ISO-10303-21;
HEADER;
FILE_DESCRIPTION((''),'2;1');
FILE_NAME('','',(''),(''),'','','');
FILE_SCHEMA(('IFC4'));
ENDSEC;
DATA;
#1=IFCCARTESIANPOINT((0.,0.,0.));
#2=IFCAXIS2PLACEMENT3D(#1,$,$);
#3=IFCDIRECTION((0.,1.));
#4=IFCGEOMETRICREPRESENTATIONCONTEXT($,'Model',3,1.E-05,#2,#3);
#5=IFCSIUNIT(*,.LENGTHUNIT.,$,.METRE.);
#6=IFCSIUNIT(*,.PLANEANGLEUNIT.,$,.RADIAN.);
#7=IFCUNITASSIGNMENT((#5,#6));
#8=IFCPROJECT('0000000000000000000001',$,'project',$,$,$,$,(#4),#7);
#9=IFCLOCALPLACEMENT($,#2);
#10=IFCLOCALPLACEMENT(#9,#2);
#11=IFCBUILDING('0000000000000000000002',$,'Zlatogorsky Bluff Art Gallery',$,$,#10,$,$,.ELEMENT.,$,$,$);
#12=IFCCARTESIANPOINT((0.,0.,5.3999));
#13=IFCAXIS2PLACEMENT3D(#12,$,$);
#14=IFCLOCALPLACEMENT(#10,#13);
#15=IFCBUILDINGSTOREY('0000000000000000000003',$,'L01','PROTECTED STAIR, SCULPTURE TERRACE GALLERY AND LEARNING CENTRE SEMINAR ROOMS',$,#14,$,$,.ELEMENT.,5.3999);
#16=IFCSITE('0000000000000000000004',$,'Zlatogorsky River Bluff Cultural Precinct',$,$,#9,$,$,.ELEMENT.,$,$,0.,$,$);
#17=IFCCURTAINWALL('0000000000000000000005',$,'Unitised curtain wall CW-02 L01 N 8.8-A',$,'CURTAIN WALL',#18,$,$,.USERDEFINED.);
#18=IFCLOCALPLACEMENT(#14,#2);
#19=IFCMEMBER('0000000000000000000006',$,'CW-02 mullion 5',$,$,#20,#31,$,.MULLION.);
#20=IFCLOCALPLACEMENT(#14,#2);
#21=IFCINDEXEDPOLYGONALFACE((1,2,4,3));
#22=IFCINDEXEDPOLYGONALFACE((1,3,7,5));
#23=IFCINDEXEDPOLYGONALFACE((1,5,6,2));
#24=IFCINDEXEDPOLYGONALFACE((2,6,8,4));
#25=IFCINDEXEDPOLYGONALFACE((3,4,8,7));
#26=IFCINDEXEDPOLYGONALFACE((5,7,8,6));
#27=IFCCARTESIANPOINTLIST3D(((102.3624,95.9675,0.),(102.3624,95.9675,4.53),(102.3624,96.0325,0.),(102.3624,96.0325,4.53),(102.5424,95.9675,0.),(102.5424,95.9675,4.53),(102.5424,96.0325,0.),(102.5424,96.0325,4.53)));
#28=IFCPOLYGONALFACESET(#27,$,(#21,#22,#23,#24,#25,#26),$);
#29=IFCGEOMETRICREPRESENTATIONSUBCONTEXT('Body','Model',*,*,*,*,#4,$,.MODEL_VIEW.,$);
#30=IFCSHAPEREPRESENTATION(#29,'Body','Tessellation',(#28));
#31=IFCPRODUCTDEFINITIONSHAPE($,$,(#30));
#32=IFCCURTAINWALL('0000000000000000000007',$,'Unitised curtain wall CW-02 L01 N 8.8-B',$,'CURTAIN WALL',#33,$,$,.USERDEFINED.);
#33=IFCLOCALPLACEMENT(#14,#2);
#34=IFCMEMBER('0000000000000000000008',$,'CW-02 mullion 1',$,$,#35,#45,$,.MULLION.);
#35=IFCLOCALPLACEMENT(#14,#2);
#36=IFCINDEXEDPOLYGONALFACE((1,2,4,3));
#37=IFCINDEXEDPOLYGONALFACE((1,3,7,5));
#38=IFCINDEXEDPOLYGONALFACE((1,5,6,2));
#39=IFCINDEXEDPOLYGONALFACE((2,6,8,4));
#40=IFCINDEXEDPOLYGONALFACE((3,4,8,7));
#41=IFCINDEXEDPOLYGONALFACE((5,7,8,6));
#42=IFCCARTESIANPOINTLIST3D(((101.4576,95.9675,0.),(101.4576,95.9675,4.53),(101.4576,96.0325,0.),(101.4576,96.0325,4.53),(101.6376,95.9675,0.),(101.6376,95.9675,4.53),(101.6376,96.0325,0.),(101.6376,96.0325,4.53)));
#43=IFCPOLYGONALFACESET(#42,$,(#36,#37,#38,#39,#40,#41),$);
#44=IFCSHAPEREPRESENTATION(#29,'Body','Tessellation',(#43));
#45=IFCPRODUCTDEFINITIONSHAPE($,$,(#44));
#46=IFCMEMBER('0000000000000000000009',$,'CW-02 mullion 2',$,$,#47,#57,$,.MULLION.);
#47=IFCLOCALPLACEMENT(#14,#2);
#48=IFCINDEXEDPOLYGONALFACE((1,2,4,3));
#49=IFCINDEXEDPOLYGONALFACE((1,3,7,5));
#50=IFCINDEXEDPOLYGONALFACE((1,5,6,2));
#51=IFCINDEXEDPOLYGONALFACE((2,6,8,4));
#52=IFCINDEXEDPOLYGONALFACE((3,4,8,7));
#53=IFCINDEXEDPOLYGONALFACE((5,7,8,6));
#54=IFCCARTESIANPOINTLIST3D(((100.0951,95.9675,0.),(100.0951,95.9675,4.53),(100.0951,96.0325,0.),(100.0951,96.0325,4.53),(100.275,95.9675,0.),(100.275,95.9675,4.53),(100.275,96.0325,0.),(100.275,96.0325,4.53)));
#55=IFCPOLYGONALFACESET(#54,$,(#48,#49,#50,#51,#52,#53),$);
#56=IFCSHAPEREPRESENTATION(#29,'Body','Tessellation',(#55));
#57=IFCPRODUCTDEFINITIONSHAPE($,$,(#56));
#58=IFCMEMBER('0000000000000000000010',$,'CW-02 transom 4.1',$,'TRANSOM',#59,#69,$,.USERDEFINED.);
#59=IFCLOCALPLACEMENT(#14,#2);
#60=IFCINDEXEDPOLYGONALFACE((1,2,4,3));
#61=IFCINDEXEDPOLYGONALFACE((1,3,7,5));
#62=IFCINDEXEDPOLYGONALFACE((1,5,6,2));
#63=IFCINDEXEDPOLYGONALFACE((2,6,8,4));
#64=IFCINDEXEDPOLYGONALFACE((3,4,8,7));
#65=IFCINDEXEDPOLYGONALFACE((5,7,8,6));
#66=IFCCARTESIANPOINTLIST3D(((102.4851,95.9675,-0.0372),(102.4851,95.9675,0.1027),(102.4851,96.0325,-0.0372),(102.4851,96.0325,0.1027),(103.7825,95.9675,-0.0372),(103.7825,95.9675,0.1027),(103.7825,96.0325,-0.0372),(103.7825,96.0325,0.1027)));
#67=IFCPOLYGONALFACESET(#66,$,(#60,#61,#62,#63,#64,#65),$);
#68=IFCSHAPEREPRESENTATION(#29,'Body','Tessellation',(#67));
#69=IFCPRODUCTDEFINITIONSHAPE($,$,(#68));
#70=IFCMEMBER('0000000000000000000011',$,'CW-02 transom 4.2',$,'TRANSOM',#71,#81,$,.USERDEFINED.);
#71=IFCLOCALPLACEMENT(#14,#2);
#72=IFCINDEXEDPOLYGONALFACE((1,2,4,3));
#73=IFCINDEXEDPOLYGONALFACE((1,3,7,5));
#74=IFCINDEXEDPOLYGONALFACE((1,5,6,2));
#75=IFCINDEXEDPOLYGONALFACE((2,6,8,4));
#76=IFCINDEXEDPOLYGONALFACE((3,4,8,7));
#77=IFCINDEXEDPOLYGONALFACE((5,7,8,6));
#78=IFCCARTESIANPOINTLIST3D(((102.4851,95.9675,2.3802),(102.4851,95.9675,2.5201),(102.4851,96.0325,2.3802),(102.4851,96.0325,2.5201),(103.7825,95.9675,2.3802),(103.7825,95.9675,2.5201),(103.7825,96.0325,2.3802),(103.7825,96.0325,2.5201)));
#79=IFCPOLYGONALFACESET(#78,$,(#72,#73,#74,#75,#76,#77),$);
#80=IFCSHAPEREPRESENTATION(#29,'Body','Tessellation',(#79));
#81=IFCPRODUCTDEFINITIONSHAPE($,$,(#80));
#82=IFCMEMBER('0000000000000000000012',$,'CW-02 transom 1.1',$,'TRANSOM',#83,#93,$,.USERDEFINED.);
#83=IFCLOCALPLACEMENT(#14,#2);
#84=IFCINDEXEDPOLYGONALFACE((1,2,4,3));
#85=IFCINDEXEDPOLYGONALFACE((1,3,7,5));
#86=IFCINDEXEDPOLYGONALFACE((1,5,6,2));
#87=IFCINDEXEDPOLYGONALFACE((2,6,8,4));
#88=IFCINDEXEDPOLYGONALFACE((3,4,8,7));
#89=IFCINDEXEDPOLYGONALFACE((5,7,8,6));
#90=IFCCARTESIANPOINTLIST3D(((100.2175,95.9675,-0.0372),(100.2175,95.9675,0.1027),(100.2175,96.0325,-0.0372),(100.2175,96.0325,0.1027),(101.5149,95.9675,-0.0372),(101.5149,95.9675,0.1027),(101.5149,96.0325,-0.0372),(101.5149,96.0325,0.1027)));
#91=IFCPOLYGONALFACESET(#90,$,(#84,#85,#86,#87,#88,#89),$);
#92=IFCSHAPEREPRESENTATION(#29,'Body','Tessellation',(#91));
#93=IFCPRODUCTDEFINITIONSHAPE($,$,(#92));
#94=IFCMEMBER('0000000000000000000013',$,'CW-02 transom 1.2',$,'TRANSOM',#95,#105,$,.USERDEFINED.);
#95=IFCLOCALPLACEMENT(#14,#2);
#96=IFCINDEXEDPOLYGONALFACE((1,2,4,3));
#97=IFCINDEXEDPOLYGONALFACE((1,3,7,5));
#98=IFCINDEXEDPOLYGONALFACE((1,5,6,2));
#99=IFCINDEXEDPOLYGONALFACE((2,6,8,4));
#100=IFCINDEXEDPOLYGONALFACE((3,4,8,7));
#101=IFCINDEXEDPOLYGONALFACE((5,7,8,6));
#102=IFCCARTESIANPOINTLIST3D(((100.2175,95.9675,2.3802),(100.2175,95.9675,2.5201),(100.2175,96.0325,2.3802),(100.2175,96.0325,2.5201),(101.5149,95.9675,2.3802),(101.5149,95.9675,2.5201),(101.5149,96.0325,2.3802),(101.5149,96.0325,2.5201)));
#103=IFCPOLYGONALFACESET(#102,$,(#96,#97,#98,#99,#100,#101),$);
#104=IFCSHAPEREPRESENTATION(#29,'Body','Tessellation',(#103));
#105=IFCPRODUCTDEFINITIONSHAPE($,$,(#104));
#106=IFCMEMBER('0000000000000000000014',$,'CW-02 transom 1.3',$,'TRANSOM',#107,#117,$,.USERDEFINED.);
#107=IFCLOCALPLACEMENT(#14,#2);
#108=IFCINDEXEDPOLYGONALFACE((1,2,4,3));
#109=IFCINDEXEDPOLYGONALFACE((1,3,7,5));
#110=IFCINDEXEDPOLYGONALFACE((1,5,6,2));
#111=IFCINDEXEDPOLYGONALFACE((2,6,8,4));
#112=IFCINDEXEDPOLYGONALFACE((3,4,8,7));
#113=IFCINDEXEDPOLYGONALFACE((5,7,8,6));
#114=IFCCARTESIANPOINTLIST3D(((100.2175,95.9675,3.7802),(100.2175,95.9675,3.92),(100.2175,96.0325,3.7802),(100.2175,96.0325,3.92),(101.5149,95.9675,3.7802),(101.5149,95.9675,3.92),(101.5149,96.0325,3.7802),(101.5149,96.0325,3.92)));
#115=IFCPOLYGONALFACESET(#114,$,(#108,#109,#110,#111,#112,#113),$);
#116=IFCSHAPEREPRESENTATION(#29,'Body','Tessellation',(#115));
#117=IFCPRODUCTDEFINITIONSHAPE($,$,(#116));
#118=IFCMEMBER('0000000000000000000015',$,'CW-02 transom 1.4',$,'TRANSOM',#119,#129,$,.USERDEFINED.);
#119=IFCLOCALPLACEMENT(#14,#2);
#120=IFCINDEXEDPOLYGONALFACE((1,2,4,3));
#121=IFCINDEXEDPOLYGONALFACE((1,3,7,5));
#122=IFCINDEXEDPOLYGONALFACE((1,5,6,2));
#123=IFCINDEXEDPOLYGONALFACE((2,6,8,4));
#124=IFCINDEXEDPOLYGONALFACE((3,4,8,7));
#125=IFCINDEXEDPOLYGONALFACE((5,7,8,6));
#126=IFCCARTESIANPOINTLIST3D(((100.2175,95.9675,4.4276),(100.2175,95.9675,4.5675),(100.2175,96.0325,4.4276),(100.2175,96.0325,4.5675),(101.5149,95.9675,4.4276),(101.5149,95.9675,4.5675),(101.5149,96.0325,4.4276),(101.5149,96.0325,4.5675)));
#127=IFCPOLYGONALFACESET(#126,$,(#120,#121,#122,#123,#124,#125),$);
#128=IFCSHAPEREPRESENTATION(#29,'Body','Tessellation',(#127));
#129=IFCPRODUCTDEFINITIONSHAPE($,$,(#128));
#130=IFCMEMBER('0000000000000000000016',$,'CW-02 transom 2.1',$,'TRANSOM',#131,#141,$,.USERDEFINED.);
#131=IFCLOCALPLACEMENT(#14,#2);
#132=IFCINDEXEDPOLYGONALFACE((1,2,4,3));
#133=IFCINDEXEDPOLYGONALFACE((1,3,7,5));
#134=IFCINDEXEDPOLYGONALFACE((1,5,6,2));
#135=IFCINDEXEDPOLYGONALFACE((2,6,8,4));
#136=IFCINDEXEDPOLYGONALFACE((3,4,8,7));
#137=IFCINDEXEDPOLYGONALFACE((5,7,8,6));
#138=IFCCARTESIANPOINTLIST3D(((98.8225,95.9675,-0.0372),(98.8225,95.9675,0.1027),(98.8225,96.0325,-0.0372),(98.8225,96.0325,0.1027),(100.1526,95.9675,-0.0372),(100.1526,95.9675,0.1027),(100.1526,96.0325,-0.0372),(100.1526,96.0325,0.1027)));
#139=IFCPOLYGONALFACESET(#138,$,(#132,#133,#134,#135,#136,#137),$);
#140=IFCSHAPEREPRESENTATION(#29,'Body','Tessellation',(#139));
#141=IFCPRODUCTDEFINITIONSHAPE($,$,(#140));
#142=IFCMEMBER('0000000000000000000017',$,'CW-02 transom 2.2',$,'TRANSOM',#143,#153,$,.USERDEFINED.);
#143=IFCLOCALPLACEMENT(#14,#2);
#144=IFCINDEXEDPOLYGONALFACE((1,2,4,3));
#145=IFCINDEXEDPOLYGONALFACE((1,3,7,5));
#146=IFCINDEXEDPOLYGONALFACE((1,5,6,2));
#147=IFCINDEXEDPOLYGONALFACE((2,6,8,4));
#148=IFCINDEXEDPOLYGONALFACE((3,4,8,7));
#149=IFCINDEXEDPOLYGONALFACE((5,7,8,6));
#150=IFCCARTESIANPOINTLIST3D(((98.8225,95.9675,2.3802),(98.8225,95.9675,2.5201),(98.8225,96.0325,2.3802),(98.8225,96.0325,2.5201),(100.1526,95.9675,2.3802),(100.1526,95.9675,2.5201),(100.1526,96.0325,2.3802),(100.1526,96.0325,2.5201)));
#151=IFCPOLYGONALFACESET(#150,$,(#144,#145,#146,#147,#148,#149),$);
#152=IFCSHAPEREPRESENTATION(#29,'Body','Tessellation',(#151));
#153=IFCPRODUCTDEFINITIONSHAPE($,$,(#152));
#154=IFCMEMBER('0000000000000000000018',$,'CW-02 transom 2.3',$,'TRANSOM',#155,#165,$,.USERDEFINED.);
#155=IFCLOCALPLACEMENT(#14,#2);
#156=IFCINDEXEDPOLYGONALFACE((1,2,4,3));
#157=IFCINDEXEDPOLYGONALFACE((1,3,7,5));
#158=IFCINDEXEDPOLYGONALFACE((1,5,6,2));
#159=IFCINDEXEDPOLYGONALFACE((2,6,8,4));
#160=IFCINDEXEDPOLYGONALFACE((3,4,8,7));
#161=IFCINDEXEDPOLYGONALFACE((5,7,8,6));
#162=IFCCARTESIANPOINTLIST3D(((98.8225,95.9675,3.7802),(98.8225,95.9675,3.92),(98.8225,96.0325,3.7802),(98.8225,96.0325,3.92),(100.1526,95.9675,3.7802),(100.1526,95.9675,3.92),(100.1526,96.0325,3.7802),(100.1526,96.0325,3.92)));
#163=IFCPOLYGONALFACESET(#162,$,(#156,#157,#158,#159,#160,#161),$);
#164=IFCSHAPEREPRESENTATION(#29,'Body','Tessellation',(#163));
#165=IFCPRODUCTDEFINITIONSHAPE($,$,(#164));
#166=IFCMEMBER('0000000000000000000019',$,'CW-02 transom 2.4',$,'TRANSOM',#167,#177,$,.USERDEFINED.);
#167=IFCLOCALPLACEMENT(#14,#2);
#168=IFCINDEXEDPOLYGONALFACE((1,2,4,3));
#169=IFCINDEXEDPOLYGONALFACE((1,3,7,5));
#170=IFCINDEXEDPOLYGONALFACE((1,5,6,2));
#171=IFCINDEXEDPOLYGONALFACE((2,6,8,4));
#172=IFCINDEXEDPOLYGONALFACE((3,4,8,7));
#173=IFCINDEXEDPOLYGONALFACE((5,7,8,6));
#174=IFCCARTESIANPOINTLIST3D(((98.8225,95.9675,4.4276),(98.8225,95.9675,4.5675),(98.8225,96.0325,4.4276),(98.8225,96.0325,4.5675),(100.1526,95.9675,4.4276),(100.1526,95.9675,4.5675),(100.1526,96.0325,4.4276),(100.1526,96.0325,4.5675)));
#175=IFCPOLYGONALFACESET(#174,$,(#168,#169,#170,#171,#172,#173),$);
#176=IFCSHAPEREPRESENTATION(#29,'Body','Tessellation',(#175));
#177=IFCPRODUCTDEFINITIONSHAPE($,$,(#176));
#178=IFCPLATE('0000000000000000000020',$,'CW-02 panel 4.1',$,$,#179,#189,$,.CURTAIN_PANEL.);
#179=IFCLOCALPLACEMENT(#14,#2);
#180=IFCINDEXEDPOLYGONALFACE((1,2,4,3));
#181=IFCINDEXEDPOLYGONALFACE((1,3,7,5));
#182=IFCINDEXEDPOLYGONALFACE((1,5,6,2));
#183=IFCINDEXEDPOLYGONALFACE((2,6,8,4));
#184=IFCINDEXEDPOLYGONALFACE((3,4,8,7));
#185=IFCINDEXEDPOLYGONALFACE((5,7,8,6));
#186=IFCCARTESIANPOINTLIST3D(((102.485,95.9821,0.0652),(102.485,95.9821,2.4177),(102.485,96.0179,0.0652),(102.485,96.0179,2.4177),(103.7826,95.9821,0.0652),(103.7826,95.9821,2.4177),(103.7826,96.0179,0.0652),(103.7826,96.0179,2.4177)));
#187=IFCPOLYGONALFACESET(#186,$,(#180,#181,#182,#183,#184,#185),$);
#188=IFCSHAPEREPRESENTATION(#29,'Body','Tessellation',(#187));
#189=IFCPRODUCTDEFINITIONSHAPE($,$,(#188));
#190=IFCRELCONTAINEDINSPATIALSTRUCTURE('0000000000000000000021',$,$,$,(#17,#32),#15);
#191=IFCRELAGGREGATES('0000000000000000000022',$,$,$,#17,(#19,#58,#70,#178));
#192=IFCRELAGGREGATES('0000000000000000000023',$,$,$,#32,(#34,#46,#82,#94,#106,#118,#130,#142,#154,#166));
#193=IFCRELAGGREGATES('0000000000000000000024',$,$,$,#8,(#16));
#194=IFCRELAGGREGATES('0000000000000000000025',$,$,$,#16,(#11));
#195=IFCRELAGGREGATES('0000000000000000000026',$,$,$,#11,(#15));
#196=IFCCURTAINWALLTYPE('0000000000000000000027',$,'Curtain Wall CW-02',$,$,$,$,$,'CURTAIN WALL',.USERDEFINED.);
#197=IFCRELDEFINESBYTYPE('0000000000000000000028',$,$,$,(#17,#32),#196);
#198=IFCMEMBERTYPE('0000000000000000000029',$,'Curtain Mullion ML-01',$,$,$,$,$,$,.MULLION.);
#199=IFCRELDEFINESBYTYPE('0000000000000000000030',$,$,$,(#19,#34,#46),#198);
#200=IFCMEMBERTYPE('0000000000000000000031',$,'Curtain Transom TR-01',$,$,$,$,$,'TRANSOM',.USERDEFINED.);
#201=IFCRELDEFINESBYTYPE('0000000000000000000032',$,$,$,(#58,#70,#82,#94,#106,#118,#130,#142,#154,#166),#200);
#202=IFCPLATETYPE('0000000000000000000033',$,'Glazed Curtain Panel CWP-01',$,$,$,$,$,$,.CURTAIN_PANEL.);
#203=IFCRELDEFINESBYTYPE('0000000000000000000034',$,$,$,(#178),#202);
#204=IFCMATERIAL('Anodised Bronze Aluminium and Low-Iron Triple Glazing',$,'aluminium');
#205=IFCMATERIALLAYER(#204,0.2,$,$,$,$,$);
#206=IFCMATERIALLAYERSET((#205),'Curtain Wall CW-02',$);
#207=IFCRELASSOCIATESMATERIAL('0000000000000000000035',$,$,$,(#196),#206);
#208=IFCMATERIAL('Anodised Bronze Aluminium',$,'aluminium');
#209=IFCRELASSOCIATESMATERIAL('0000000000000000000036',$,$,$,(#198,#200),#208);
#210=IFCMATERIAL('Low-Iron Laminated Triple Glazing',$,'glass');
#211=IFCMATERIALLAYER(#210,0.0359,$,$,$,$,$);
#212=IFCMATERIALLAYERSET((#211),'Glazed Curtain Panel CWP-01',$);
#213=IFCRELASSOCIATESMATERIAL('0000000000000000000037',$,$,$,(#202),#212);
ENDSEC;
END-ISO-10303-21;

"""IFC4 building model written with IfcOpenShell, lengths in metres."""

from ifc_helpers import new_model, si_unit, direction, frame, origin, origin_2d, place, context, subcontext, project, spatial, rectangle, extrude, material, layer, layer_set, material_profile, profile_set, type_object, element, aggregate, save


model = new_model("IFC4")

# Units and contexts
model_context = context("Model", 3, precision=1e-05, world=origin(), true_north=direction((0.0, 1.0)))
body_context = subcontext(model_context, "Body", "Model", "MODEL_VIEW")
ifc_project = project(units=[si_unit("LENGTHUNIT", "METRE"), si_unit("PLANEANGLEUNIT", "RADIAN")], contexts=[model_context])

# Site, building, storey
site_placement = place(None, origin())
site = spatial("IfcSite", under=ifc_project, at=site_placement, Name="Zlatogorsky River Bluff Cultural Precinct", CompositionType="ELEMENT", RefElevation=0.0)
building_placement = place(site_placement, origin())
building = spatial("IfcBuilding", under=site, at=building_placement, Name="Zlatogorsky Bluff Art Gallery", CompositionType="ELEMENT")
storey_placement = place(building_placement, frame((0.0, 0.0, 5.3999)))
storey = spatial("IfcBuildingStorey", under=building, at=storey_placement, Name="L01", Description="PROTECTED STAIR, SCULPTURE TERRACE GALLERY AND LEARNING CENTRE SEMINAR ROOMS", CompositionType="ELEMENT", Elevation=5.3999)

# Curtain wall, member
ifc_material_1 = material(Name="Anodised Bronze Aluminium and Low-Iron Triple Glazing", Category="aluminium")
ifc_layer_1 = layer(ifc_material_1, 0.2)
ifc_layer_set_1 = layer_set([ifc_layer_1], Name="Curtain Wall CW-02")
curtain_wall_type = type_object("IfcCurtainWallType", Name="Curtain Wall CW-02", ElementType="CURTAIN WALL", PredefinedType="USERDEFINED", material=ifc_layer_set_1)
curtain_wall_1_placement = place(storey_placement, origin())
curtain_wall_1 = element("IfcCurtainWall", 1, at=curtain_wall_1_placement, inside=storey, type_object=curtain_wall_type, Name="Unitised curtain wall CW-02 L01 N 8.8-A", ObjectType="CURTAIN WALL", PredefinedType="USERDEFINED")
ifc_material_2 = material(Name="Anodised Bronze Aluminium", Category="aluminium")
ifc_material_profile_1 = material_profile(ifc_material_2, rectangle(XDim=0.0649, YDim=0.1799, at=origin_2d()), Name="ALU MULLION 65x180")
ifc_profile_set_1 = profile_set([ifc_material_profile_1], Name="Anodised Bronze Aluminium")
member_type_1 = type_object("IfcMemberType", Name="Curtain Mullion ML-01", PredefinedType="MULLION", material=ifc_profile_set_1)
member_1_placement = place(storey_placement, frame((102.4524, 96.0, 0.0), z_axis=(0.0, 0.0, 1.0), x_axis=(0.0, -1.0, 0.0)))
member_1 = element("IfcMember", 2, at=member_1_placement, type_object=member_type_1, Name="CW-02 mullion 5", PredefinedType="MULLION", context=body_context, shape_type="SweptSolid", body=[
    extrude(rectangle(XDim=0.0649, YDim=0.1799, at=origin_2d()), origin(), (0.0, 0.0, 1.0), 4.53),
])

# Curtain wall, members
curtain_wall_2_placement = place(storey_placement, origin())
curtain_wall_2 = element("IfcCurtainWall", 3, at=curtain_wall_2_placement, inside=storey, type_object=curtain_wall_type, Name="Unitised curtain wall CW-02 L01 N 8.8-B", ObjectType="CURTAIN WALL", PredefinedType="USERDEFINED")
member_2_placement = place(storey_placement, frame((101.5476, 96.0, 0.0), z_axis=(0.0, 0.0, 1.0), x_axis=(0.0, -1.0, 0.0)))
member_2 = element("IfcMember", 4, at=member_2_placement, type_object=member_type_1, Name="CW-02 mullion 1", PredefinedType="MULLION", context=body_context, shape_type="SweptSolid", body=[
    extrude(rectangle(XDim=0.0649, YDim=0.1799, at=origin_2d()), origin(), (0.0, 0.0, 1.0), 4.53),
])
member_3_placement = place(storey_placement, frame((100.1851, 96.0, 0.0), z_axis=(0.0, 0.0, 1.0), x_axis=(0.0, -1.0, 0.0)))
member_3 = element("IfcMember", 5, at=member_3_placement, type_object=member_type_1, Name="CW-02 mullion 2", PredefinedType="MULLION", context=body_context, shape_type="SweptSolid", body=[
    extrude(rectangle(XDim=0.0649, YDim=0.1799, at=origin_2d()), origin(), (0.0, 0.0, 1.0), 4.53),
])

# Members
ifc_material_profile_2 = material_profile(ifc_material_2, rectangle(XDim=0.0649, YDim=0.1399, at=origin_2d()), Name="ALU TRANSOM 65x140")
ifc_profile_set_2 = profile_set([ifc_material_profile_2], Name="Anodised Bronze Aluminium")
member_type_2 = type_object("IfcMemberType", Name="Curtain Transom TR-01", ElementType="TRANSOM", PredefinedType="USERDEFINED", material=ifc_profile_set_2)
member_4_placement = place(storey_placement, frame((103.7825, 96.0, 0.0327), z_axis=(-1.0, 0.0, 0.0), x_axis=(0.0, -1.0, 0.0)))
member_4 = element("IfcMember", 6, at=member_4_placement, type_object=member_type_2, Name="CW-02 transom 4.1", ObjectType="TRANSOM", PredefinedType="USERDEFINED", context=body_context, shape_type="SweptSolid", body=[
    extrude(rectangle(XDim=0.0649, YDim=0.1399, at=origin_2d()), origin(), (0.0, 0.0, 1.0), 1.2974),
])
member_5_placement = place(storey_placement, frame((103.7825, 96.0, 2.4502), z_axis=(-1.0, 0.0, 0.0), x_axis=(0.0, -1.0, 0.0)))
member_5 = element("IfcMember", 7, at=member_5_placement, type_object=member_type_2, Name="CW-02 transom 4.2", ObjectType="TRANSOM", PredefinedType="USERDEFINED", context=body_context, shape_type="SweptSolid", body=[
    extrude(rectangle(XDim=0.0649, YDim=0.1399, at=origin_2d()), origin(), (0.0, 0.0, 1.0), 1.2974),
])
member_6_placement = place(storey_placement, frame((101.5149, 96.0, 0.0327), z_axis=(-1.0, 0.0, 0.0), x_axis=(0.0, -1.0, 0.0)))
member_6 = element("IfcMember", 8, at=member_6_placement, type_object=member_type_2, Name="CW-02 transom 1.1", ObjectType="TRANSOM", PredefinedType="USERDEFINED", context=body_context, shape_type="SweptSolid", body=[
    extrude(rectangle(XDim=0.0649, YDim=0.1399, at=origin_2d()), origin(), (0.0, 0.0, 1.0), 1.2974),
])
member_7_placement = place(storey_placement, frame((101.5149, 96.0, 2.4502), z_axis=(-1.0, 0.0, 0.0), x_axis=(0.0, -1.0, 0.0)))
member_7 = element("IfcMember", 9, at=member_7_placement, type_object=member_type_2, Name="CW-02 transom 1.2", ObjectType="TRANSOM", PredefinedType="USERDEFINED", context=body_context, shape_type="SweptSolid", body=[
    extrude(rectangle(XDim=0.0649, YDim=0.1399, at=origin_2d()), origin(), (0.0, 0.0, 1.0), 1.2974),
])
member_8_placement = place(storey_placement, frame((101.5149, 96.0, 3.8501), z_axis=(-1.0, 0.0, 0.0), x_axis=(0.0, -1.0, 0.0)))
member_8 = element("IfcMember", 10, at=member_8_placement, type_object=member_type_2, Name="CW-02 transom 1.3", ObjectType="TRANSOM", PredefinedType="USERDEFINED", context=body_context, shape_type="SweptSolid", body=[
    extrude(rectangle(XDim=0.0649, YDim=0.1399, at=origin_2d()), origin(), (0.0, 0.0, 1.0), 1.2974),
])
member_9_placement = place(storey_placement, frame((101.5149, 96.0, 4.4976), z_axis=(-1.0, 0.0, 0.0), x_axis=(0.0, -1.0, 0.0)))
member_9 = element("IfcMember", 11, at=member_9_placement, type_object=member_type_2, Name="CW-02 transom 1.4", ObjectType="TRANSOM", PredefinedType="USERDEFINED", context=body_context, shape_type="SweptSolid", body=[
    extrude(rectangle(XDim=0.0649, YDim=0.1399, at=origin_2d()), origin(), (0.0, 0.0, 1.0), 1.2974),
])
member_10_placement = place(storey_placement, frame((100.1526, 96.0, 0.0327), z_axis=(-1.0, 0.0, 0.0), x_axis=(0.0, -1.0, 0.0)))
member_10 = element("IfcMember", 12, at=member_10_placement, type_object=member_type_2, Name="CW-02 transom 2.1", ObjectType="TRANSOM", PredefinedType="USERDEFINED", context=body_context, shape_type="SweptSolid", body=[
    extrude(rectangle(XDim=0.0649, YDim=0.1399, at=origin_2d()), origin(), (0.0, 0.0, 1.0), 1.3301),
])
member_11_placement = place(storey_placement, frame((100.1526, 96.0, 2.4502), z_axis=(-1.0, 0.0, 0.0), x_axis=(0.0, -1.0, 0.0)))
member_11 = element("IfcMember", 13, at=member_11_placement, type_object=member_type_2, Name="CW-02 transom 2.2", ObjectType="TRANSOM", PredefinedType="USERDEFINED", context=body_context, shape_type="SweptSolid", body=[
    extrude(rectangle(XDim=0.0649, YDim=0.1399, at=origin_2d()), origin(), (0.0, 0.0, 1.0), 1.3301),
])
member_12_placement = place(storey_placement, frame((100.1526, 96.0, 3.8501), z_axis=(-1.0, 0.0, 0.0), x_axis=(0.0, -1.0, 0.0)))
member_12 = element("IfcMember", 14, at=member_12_placement, type_object=member_type_2, Name="CW-02 transom 2.3", ObjectType="TRANSOM", PredefinedType="USERDEFINED", context=body_context, shape_type="SweptSolid", body=[
    extrude(rectangle(XDim=0.0649, YDim=0.1399, at=origin_2d()), origin(), (0.0, 0.0, 1.0), 1.3301),
])
member_13_placement = place(storey_placement, frame((100.1526, 96.0, 4.4976), z_axis=(-1.0, 0.0, 0.0), x_axis=(0.0, -1.0, 0.0)))
member_13 = element("IfcMember", 15, at=member_13_placement, type_object=member_type_2, Name="CW-02 transom 2.4", ObjectType="TRANSOM", PredefinedType="USERDEFINED", context=body_context, shape_type="SweptSolid", body=[
    extrude(rectangle(XDim=0.0649, YDim=0.1399, at=origin_2d()), origin(), (0.0, 0.0, 1.0), 1.3301),
])

# Plate
ifc_material_3 = material(Name="Low-Iron Laminated Triple Glazing", Category="glass")
ifc_layer_2 = layer(ifc_material_3, 0.0359)
ifc_layer_set_2 = layer_set([ifc_layer_2], Name="Glazed Curtain Panel CWP-01")
plate_type = type_object("IfcPlateType", Name="Glazed Curtain Panel CWP-01", PredefinedType="CURTAIN_PANEL", material=ifc_layer_set_2)
plate_1_placement = place(storey_placement, frame((103.1338, 96.0, 0.0652), z_axis=(0.0, 0.0, 1.0), x_axis=(-1.0, 0.0, 0.0)))
plate_1 = element("IfcPlate", 16, at=plate_1_placement, type_object=plate_type, Name="CW-02 panel 4.1", PredefinedType="CURTAIN_PANEL", context=body_context, shape_type="SweptSolid", body=[
    extrude(rectangle(XDim=1.2976, YDim=0.0359, at=origin_2d()), origin(), (0.0, 0.0, 1.0), 2.3525),
])
aggregate(curtain_wall_1, [member_1, member_4, member_5, plate_1])
aggregate(curtain_wall_2, [member_2, member_3, member_6, member_7, member_8, member_9, member_10, member_11, member_12, member_13])

save(model, "model.ifc")
